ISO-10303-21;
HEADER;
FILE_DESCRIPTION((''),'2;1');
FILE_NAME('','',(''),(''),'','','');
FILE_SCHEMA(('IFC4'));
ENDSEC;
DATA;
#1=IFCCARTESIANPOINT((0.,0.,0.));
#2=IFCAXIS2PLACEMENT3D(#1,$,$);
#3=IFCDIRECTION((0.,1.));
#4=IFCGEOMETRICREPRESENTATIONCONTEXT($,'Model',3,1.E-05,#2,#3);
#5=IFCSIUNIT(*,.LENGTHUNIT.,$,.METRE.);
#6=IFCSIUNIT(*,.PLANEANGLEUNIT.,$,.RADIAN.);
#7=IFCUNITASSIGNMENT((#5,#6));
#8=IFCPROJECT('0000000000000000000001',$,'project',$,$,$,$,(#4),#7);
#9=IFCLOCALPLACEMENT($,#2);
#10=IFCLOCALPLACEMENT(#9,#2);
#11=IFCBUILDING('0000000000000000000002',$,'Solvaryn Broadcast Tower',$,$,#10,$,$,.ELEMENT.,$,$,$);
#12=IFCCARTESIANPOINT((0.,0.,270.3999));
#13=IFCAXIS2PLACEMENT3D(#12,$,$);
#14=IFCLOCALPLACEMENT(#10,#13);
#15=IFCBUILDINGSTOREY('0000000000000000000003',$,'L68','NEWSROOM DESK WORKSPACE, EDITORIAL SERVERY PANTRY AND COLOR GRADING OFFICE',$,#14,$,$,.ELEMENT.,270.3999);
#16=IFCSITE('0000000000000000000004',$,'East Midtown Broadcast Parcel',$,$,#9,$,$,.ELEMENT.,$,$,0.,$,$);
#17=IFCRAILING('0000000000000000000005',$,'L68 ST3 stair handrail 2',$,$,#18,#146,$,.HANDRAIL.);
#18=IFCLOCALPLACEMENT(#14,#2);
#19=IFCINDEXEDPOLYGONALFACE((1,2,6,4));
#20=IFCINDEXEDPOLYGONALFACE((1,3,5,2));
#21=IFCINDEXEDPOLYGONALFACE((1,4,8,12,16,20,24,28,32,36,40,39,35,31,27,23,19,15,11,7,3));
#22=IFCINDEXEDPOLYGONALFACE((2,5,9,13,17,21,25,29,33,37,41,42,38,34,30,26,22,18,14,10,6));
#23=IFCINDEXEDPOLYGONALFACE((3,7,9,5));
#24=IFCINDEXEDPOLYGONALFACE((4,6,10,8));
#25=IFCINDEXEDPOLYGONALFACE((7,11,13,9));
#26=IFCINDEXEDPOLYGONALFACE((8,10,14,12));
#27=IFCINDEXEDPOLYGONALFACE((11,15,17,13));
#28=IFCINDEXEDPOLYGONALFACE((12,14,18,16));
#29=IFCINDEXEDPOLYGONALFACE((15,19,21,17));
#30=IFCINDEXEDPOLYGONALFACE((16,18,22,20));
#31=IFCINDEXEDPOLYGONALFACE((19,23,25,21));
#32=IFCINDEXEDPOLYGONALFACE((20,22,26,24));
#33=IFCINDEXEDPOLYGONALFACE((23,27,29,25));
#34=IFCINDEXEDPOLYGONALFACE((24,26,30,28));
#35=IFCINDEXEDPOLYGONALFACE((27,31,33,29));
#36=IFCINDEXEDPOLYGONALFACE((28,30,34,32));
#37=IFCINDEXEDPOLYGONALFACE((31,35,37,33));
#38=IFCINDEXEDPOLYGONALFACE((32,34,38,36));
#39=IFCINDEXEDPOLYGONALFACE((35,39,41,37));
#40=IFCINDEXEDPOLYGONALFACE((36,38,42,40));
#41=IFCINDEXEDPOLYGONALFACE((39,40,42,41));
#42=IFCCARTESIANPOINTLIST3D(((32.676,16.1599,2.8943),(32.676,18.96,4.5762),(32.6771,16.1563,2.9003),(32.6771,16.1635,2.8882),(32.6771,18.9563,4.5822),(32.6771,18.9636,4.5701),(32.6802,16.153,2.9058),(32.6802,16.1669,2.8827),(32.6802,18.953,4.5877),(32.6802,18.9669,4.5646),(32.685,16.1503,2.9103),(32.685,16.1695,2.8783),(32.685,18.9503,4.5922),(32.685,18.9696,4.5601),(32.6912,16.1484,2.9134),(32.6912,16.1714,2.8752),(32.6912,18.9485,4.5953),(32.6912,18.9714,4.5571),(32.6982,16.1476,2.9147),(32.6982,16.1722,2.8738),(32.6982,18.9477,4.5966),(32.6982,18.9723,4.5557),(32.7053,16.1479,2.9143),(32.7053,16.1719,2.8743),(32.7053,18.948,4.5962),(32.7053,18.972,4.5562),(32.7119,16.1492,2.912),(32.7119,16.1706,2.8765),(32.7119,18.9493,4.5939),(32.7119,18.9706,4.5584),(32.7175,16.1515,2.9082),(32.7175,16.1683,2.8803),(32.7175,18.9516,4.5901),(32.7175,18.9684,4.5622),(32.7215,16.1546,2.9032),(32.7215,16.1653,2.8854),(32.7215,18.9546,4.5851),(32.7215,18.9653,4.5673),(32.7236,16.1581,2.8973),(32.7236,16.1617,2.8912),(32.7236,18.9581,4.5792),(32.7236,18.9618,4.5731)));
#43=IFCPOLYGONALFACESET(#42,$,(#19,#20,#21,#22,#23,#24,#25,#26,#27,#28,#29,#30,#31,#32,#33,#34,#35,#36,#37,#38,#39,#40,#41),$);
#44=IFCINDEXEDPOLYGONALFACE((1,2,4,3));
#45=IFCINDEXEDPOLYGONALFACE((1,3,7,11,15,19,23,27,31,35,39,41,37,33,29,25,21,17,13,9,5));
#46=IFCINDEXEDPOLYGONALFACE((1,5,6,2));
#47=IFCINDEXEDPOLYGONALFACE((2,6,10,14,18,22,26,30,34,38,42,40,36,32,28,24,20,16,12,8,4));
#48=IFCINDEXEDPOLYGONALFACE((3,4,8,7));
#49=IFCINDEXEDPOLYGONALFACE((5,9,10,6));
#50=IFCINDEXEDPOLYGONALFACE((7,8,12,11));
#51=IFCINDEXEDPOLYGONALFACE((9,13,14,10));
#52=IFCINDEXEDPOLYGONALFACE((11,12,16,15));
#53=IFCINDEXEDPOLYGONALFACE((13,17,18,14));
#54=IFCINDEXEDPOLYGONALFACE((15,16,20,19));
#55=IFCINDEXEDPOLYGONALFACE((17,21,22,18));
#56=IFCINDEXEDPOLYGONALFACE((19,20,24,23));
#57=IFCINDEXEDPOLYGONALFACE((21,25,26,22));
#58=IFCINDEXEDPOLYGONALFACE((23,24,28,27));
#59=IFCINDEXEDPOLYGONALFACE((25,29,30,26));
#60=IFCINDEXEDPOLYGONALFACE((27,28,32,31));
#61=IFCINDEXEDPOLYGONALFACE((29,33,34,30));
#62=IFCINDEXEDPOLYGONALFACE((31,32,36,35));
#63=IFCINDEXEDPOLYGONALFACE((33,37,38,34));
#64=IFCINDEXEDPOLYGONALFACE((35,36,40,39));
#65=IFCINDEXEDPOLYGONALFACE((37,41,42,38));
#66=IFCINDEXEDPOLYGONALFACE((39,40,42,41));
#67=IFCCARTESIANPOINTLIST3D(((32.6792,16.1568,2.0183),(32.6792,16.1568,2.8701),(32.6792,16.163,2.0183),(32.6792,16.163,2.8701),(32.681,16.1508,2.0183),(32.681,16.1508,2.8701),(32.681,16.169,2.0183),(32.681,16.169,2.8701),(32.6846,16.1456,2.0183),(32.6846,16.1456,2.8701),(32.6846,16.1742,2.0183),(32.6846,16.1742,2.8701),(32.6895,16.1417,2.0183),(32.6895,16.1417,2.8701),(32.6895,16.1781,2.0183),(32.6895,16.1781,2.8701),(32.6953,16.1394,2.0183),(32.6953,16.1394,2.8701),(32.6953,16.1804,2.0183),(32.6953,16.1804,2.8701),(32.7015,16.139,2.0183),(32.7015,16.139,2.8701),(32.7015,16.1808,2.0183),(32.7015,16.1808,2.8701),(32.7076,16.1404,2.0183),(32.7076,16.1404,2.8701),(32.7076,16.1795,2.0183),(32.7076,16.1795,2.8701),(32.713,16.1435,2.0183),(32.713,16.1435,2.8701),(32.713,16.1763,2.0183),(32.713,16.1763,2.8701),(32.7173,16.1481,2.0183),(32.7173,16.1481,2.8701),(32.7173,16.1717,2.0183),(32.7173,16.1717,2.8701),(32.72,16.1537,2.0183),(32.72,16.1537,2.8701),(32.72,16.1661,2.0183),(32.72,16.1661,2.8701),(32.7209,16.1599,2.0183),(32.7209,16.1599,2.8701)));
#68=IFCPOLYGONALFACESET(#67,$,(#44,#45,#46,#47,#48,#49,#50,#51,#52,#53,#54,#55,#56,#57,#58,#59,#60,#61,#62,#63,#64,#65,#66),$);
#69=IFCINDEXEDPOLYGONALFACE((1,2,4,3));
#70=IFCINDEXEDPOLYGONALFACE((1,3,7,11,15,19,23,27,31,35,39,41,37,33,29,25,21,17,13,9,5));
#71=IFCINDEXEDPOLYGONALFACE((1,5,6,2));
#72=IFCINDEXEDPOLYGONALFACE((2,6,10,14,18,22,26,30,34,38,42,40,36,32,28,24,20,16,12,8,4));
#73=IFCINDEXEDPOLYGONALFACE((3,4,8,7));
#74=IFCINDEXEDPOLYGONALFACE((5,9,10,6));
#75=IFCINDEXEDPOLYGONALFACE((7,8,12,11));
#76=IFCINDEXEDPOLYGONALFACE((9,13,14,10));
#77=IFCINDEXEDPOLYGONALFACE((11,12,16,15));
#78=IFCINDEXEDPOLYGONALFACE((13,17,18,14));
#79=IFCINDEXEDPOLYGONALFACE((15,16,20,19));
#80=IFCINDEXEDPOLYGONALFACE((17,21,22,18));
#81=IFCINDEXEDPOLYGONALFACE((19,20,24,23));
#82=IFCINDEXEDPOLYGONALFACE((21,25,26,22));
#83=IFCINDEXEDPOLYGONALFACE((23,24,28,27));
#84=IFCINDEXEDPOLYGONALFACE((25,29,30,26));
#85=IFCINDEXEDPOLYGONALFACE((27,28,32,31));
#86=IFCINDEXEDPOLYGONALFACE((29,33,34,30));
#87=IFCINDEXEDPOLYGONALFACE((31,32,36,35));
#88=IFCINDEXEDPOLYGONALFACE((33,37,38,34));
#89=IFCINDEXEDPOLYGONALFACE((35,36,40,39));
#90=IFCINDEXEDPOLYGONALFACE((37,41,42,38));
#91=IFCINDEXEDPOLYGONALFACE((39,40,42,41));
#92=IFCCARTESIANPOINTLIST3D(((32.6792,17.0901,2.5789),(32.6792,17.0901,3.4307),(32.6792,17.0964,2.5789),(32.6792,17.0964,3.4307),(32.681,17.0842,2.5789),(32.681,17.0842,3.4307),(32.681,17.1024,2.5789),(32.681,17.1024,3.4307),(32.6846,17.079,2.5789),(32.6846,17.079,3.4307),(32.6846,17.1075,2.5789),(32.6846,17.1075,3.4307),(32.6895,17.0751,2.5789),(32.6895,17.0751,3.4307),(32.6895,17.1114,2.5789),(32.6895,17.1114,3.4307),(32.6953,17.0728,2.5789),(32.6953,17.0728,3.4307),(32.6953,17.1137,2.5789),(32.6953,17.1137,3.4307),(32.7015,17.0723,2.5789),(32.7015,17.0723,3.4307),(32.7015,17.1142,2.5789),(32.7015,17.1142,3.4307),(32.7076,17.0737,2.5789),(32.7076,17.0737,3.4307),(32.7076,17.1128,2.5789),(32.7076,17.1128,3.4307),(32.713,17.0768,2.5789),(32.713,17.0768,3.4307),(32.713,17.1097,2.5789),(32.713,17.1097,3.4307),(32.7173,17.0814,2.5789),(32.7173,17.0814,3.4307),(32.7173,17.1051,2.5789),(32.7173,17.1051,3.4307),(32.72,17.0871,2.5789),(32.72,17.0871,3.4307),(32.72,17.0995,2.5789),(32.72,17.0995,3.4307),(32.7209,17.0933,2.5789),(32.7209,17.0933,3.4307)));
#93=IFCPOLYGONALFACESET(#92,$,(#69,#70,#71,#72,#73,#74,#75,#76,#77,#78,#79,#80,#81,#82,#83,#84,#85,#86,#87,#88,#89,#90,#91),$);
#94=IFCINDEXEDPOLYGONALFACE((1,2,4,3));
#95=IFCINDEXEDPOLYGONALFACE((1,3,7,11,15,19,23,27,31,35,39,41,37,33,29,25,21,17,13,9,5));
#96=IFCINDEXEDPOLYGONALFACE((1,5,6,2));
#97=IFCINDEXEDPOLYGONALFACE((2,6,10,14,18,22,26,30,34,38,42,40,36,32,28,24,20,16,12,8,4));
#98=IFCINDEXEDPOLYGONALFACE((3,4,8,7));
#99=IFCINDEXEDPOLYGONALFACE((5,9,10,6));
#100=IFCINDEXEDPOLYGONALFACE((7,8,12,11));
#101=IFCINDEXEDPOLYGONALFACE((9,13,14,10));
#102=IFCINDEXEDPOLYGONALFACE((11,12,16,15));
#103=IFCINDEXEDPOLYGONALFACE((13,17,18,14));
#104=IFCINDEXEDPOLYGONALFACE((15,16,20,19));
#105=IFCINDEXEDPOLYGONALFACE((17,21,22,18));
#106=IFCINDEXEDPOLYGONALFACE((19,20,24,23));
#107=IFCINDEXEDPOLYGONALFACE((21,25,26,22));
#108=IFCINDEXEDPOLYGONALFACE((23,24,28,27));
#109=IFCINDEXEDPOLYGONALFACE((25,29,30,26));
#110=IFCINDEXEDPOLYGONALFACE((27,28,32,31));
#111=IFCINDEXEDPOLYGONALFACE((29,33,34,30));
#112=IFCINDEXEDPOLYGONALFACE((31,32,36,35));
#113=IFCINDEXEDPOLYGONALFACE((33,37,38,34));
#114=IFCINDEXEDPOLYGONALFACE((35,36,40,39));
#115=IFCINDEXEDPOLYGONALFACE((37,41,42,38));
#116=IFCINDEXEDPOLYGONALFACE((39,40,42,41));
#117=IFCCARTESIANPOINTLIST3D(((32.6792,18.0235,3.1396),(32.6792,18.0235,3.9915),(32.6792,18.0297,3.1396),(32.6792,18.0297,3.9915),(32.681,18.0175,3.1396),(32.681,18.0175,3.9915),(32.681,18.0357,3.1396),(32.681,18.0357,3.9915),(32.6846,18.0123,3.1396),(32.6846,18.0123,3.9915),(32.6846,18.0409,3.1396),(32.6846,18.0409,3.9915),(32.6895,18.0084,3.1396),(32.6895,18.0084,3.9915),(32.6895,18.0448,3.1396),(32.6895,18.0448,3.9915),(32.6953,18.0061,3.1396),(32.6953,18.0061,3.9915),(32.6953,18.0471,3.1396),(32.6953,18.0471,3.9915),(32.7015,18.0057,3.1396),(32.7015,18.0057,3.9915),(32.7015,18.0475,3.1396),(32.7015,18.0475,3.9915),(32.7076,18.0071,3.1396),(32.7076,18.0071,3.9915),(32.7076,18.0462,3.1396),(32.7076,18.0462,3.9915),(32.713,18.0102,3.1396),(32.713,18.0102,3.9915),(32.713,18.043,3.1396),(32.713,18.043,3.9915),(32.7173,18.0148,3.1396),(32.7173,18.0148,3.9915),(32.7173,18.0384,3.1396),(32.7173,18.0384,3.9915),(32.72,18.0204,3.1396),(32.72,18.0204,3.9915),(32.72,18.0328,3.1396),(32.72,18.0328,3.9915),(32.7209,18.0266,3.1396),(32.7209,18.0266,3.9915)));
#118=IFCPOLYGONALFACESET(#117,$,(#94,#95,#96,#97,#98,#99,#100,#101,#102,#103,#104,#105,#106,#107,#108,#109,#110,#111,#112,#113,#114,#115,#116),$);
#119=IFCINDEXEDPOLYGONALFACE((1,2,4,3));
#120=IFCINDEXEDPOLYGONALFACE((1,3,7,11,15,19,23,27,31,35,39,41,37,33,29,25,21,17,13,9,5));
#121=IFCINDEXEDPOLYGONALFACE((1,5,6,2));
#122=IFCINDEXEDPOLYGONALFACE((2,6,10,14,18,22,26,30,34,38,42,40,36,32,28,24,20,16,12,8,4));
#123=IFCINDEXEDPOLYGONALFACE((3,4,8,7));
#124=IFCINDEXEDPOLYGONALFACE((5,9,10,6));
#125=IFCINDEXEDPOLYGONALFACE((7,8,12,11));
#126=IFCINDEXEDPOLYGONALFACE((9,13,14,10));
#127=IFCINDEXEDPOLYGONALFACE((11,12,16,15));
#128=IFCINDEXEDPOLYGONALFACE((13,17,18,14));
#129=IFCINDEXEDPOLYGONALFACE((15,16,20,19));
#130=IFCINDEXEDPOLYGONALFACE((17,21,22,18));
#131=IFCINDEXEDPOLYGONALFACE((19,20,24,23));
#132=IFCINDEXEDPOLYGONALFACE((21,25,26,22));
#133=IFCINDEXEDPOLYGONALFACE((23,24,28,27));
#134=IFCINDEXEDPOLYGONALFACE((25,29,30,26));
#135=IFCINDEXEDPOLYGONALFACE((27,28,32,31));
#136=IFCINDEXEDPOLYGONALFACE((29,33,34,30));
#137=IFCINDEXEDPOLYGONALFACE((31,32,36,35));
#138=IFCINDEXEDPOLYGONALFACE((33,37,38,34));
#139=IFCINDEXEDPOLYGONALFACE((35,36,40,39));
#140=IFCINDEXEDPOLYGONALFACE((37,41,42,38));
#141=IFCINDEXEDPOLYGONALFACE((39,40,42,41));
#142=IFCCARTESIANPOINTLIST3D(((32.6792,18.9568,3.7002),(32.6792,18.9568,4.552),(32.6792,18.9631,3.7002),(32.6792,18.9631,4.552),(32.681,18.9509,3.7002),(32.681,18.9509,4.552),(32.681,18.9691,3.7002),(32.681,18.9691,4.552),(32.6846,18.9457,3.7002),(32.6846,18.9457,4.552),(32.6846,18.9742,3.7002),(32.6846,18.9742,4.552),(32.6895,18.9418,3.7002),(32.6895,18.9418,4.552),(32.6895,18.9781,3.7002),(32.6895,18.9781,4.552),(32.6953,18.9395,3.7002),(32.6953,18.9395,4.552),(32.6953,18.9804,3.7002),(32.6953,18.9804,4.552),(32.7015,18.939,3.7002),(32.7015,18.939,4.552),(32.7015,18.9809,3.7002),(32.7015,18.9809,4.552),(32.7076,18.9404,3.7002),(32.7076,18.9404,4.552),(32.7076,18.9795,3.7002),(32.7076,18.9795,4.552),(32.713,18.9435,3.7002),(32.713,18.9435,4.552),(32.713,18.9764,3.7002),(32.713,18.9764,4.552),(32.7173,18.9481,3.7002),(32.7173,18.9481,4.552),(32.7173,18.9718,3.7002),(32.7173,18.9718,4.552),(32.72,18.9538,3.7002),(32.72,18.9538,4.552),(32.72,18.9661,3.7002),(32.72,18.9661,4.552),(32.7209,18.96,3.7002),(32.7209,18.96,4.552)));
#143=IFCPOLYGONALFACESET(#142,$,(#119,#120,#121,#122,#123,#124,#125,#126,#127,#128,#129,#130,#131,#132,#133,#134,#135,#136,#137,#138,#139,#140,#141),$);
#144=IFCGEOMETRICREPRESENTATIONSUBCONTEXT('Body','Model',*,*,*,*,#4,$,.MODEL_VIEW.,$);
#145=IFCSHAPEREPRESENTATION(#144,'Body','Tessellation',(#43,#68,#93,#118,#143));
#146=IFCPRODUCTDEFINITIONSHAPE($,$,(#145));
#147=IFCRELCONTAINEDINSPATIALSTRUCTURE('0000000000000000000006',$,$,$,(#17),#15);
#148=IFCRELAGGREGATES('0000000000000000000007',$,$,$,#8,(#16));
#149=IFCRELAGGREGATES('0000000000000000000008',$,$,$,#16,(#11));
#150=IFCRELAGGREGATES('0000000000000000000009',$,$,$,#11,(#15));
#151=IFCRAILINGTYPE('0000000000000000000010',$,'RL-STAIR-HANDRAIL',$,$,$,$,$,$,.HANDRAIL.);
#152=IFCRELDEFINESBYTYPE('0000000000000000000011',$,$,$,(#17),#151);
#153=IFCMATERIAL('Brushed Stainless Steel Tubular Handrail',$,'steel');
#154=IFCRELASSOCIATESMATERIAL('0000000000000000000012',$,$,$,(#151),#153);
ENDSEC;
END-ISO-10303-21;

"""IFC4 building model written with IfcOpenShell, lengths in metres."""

from ifc_helpers import new_model, si_unit, direction, frame, origin, origin_2d, place, context, subcontext, project, spatial, circle, extrude, material, type_object, element, save


model = new_model("IFC4")

# Units and contexts
model_context = context("Model", 3, precision=1e-05, world=origin(), true_north=direction((0.0, 1.0)))
body_context = subcontext(model_context, "Body", "Model", "MODEL_VIEW")
ifc_project = project(units=[si_unit("LENGTHUNIT", "METRE"), si_unit("PLANEANGLEUNIT", "RADIAN")], contexts=[model_context])

# Site, building, storey
site_placement = place(None, origin())
site = spatial("IfcSite", under=ifc_project, at=site_placement, Name="East Midtown Broadcast Parcel", CompositionType="ELEMENT", RefElevation=0.0)
building_placement = place(site_placement, origin())
building = spatial("IfcBuilding", under=site, at=building_placement, Name="Solvaryn Broadcast Tower", CompositionType="ELEMENT")
storey_placement = place(building_placement, frame((0.0, 0.0, 270.3999)))
storey = spatial("IfcBuildingStorey", under=building, at=storey_placement, Name="L68", Description="NEWSROOM DESK WORKSPACE, EDITORIAL SERVERY PANTRY AND COLOR GRADING OFFICE", CompositionType="ELEMENT", Elevation=270.3999)

# Railing
ifc_material_1 = material(Name="Brushed Stainless Steel Tubular Handrail", Category="steel")
railing_type_1 = type_object("IfcRailingType", Name="RL-STAIR-HANDRAIL", PredefinedType="HANDRAIL", material=ifc_material_1)
railing_1_placement = place(storey_placement, frame((32.7, 16.1599, 2.0183)))
element("IfcRailing", 1, at=railing_1_placement, inside=storey, type_object=railing_type_1, Name="L68 ST3 stair handrail 2", PredefinedType="HANDRAIL", context=body_context, shape_type="SweptSolid", body=[
    extrude(circle(Radius=0.0239, at=origin_2d()), frame((0.0, 0.0, 0.876), z_axis=(0.0, 0.857242, 0.514913), x_axis=(-1.0, 0.0, 0.0)), (0.0, 0.0, 1.0), 3.2664),
    extrude(circle(Radius=0.021, at=origin_2d()), origin(), (0.0, 0.0, 1.0), 0.8518),
    extrude(circle(Radius=0.021, at=origin_2d()), frame((0.0, 0.9333, 0.5605)), (0.0, 0.0, 1.0), 0.8518),
    extrude(circle(Radius=0.021, at=origin_2d()), frame((0.0, 1.8667, 1.1213)), (0.0, 0.0, 1.0), 0.8518),
    extrude(circle(Radius=0.021, at=origin_2d()), frame((0.0, 2.8, 1.6819)), (0.0, 0.0, 1.0), 0.8518),
])

save(model, "model.ifc")
